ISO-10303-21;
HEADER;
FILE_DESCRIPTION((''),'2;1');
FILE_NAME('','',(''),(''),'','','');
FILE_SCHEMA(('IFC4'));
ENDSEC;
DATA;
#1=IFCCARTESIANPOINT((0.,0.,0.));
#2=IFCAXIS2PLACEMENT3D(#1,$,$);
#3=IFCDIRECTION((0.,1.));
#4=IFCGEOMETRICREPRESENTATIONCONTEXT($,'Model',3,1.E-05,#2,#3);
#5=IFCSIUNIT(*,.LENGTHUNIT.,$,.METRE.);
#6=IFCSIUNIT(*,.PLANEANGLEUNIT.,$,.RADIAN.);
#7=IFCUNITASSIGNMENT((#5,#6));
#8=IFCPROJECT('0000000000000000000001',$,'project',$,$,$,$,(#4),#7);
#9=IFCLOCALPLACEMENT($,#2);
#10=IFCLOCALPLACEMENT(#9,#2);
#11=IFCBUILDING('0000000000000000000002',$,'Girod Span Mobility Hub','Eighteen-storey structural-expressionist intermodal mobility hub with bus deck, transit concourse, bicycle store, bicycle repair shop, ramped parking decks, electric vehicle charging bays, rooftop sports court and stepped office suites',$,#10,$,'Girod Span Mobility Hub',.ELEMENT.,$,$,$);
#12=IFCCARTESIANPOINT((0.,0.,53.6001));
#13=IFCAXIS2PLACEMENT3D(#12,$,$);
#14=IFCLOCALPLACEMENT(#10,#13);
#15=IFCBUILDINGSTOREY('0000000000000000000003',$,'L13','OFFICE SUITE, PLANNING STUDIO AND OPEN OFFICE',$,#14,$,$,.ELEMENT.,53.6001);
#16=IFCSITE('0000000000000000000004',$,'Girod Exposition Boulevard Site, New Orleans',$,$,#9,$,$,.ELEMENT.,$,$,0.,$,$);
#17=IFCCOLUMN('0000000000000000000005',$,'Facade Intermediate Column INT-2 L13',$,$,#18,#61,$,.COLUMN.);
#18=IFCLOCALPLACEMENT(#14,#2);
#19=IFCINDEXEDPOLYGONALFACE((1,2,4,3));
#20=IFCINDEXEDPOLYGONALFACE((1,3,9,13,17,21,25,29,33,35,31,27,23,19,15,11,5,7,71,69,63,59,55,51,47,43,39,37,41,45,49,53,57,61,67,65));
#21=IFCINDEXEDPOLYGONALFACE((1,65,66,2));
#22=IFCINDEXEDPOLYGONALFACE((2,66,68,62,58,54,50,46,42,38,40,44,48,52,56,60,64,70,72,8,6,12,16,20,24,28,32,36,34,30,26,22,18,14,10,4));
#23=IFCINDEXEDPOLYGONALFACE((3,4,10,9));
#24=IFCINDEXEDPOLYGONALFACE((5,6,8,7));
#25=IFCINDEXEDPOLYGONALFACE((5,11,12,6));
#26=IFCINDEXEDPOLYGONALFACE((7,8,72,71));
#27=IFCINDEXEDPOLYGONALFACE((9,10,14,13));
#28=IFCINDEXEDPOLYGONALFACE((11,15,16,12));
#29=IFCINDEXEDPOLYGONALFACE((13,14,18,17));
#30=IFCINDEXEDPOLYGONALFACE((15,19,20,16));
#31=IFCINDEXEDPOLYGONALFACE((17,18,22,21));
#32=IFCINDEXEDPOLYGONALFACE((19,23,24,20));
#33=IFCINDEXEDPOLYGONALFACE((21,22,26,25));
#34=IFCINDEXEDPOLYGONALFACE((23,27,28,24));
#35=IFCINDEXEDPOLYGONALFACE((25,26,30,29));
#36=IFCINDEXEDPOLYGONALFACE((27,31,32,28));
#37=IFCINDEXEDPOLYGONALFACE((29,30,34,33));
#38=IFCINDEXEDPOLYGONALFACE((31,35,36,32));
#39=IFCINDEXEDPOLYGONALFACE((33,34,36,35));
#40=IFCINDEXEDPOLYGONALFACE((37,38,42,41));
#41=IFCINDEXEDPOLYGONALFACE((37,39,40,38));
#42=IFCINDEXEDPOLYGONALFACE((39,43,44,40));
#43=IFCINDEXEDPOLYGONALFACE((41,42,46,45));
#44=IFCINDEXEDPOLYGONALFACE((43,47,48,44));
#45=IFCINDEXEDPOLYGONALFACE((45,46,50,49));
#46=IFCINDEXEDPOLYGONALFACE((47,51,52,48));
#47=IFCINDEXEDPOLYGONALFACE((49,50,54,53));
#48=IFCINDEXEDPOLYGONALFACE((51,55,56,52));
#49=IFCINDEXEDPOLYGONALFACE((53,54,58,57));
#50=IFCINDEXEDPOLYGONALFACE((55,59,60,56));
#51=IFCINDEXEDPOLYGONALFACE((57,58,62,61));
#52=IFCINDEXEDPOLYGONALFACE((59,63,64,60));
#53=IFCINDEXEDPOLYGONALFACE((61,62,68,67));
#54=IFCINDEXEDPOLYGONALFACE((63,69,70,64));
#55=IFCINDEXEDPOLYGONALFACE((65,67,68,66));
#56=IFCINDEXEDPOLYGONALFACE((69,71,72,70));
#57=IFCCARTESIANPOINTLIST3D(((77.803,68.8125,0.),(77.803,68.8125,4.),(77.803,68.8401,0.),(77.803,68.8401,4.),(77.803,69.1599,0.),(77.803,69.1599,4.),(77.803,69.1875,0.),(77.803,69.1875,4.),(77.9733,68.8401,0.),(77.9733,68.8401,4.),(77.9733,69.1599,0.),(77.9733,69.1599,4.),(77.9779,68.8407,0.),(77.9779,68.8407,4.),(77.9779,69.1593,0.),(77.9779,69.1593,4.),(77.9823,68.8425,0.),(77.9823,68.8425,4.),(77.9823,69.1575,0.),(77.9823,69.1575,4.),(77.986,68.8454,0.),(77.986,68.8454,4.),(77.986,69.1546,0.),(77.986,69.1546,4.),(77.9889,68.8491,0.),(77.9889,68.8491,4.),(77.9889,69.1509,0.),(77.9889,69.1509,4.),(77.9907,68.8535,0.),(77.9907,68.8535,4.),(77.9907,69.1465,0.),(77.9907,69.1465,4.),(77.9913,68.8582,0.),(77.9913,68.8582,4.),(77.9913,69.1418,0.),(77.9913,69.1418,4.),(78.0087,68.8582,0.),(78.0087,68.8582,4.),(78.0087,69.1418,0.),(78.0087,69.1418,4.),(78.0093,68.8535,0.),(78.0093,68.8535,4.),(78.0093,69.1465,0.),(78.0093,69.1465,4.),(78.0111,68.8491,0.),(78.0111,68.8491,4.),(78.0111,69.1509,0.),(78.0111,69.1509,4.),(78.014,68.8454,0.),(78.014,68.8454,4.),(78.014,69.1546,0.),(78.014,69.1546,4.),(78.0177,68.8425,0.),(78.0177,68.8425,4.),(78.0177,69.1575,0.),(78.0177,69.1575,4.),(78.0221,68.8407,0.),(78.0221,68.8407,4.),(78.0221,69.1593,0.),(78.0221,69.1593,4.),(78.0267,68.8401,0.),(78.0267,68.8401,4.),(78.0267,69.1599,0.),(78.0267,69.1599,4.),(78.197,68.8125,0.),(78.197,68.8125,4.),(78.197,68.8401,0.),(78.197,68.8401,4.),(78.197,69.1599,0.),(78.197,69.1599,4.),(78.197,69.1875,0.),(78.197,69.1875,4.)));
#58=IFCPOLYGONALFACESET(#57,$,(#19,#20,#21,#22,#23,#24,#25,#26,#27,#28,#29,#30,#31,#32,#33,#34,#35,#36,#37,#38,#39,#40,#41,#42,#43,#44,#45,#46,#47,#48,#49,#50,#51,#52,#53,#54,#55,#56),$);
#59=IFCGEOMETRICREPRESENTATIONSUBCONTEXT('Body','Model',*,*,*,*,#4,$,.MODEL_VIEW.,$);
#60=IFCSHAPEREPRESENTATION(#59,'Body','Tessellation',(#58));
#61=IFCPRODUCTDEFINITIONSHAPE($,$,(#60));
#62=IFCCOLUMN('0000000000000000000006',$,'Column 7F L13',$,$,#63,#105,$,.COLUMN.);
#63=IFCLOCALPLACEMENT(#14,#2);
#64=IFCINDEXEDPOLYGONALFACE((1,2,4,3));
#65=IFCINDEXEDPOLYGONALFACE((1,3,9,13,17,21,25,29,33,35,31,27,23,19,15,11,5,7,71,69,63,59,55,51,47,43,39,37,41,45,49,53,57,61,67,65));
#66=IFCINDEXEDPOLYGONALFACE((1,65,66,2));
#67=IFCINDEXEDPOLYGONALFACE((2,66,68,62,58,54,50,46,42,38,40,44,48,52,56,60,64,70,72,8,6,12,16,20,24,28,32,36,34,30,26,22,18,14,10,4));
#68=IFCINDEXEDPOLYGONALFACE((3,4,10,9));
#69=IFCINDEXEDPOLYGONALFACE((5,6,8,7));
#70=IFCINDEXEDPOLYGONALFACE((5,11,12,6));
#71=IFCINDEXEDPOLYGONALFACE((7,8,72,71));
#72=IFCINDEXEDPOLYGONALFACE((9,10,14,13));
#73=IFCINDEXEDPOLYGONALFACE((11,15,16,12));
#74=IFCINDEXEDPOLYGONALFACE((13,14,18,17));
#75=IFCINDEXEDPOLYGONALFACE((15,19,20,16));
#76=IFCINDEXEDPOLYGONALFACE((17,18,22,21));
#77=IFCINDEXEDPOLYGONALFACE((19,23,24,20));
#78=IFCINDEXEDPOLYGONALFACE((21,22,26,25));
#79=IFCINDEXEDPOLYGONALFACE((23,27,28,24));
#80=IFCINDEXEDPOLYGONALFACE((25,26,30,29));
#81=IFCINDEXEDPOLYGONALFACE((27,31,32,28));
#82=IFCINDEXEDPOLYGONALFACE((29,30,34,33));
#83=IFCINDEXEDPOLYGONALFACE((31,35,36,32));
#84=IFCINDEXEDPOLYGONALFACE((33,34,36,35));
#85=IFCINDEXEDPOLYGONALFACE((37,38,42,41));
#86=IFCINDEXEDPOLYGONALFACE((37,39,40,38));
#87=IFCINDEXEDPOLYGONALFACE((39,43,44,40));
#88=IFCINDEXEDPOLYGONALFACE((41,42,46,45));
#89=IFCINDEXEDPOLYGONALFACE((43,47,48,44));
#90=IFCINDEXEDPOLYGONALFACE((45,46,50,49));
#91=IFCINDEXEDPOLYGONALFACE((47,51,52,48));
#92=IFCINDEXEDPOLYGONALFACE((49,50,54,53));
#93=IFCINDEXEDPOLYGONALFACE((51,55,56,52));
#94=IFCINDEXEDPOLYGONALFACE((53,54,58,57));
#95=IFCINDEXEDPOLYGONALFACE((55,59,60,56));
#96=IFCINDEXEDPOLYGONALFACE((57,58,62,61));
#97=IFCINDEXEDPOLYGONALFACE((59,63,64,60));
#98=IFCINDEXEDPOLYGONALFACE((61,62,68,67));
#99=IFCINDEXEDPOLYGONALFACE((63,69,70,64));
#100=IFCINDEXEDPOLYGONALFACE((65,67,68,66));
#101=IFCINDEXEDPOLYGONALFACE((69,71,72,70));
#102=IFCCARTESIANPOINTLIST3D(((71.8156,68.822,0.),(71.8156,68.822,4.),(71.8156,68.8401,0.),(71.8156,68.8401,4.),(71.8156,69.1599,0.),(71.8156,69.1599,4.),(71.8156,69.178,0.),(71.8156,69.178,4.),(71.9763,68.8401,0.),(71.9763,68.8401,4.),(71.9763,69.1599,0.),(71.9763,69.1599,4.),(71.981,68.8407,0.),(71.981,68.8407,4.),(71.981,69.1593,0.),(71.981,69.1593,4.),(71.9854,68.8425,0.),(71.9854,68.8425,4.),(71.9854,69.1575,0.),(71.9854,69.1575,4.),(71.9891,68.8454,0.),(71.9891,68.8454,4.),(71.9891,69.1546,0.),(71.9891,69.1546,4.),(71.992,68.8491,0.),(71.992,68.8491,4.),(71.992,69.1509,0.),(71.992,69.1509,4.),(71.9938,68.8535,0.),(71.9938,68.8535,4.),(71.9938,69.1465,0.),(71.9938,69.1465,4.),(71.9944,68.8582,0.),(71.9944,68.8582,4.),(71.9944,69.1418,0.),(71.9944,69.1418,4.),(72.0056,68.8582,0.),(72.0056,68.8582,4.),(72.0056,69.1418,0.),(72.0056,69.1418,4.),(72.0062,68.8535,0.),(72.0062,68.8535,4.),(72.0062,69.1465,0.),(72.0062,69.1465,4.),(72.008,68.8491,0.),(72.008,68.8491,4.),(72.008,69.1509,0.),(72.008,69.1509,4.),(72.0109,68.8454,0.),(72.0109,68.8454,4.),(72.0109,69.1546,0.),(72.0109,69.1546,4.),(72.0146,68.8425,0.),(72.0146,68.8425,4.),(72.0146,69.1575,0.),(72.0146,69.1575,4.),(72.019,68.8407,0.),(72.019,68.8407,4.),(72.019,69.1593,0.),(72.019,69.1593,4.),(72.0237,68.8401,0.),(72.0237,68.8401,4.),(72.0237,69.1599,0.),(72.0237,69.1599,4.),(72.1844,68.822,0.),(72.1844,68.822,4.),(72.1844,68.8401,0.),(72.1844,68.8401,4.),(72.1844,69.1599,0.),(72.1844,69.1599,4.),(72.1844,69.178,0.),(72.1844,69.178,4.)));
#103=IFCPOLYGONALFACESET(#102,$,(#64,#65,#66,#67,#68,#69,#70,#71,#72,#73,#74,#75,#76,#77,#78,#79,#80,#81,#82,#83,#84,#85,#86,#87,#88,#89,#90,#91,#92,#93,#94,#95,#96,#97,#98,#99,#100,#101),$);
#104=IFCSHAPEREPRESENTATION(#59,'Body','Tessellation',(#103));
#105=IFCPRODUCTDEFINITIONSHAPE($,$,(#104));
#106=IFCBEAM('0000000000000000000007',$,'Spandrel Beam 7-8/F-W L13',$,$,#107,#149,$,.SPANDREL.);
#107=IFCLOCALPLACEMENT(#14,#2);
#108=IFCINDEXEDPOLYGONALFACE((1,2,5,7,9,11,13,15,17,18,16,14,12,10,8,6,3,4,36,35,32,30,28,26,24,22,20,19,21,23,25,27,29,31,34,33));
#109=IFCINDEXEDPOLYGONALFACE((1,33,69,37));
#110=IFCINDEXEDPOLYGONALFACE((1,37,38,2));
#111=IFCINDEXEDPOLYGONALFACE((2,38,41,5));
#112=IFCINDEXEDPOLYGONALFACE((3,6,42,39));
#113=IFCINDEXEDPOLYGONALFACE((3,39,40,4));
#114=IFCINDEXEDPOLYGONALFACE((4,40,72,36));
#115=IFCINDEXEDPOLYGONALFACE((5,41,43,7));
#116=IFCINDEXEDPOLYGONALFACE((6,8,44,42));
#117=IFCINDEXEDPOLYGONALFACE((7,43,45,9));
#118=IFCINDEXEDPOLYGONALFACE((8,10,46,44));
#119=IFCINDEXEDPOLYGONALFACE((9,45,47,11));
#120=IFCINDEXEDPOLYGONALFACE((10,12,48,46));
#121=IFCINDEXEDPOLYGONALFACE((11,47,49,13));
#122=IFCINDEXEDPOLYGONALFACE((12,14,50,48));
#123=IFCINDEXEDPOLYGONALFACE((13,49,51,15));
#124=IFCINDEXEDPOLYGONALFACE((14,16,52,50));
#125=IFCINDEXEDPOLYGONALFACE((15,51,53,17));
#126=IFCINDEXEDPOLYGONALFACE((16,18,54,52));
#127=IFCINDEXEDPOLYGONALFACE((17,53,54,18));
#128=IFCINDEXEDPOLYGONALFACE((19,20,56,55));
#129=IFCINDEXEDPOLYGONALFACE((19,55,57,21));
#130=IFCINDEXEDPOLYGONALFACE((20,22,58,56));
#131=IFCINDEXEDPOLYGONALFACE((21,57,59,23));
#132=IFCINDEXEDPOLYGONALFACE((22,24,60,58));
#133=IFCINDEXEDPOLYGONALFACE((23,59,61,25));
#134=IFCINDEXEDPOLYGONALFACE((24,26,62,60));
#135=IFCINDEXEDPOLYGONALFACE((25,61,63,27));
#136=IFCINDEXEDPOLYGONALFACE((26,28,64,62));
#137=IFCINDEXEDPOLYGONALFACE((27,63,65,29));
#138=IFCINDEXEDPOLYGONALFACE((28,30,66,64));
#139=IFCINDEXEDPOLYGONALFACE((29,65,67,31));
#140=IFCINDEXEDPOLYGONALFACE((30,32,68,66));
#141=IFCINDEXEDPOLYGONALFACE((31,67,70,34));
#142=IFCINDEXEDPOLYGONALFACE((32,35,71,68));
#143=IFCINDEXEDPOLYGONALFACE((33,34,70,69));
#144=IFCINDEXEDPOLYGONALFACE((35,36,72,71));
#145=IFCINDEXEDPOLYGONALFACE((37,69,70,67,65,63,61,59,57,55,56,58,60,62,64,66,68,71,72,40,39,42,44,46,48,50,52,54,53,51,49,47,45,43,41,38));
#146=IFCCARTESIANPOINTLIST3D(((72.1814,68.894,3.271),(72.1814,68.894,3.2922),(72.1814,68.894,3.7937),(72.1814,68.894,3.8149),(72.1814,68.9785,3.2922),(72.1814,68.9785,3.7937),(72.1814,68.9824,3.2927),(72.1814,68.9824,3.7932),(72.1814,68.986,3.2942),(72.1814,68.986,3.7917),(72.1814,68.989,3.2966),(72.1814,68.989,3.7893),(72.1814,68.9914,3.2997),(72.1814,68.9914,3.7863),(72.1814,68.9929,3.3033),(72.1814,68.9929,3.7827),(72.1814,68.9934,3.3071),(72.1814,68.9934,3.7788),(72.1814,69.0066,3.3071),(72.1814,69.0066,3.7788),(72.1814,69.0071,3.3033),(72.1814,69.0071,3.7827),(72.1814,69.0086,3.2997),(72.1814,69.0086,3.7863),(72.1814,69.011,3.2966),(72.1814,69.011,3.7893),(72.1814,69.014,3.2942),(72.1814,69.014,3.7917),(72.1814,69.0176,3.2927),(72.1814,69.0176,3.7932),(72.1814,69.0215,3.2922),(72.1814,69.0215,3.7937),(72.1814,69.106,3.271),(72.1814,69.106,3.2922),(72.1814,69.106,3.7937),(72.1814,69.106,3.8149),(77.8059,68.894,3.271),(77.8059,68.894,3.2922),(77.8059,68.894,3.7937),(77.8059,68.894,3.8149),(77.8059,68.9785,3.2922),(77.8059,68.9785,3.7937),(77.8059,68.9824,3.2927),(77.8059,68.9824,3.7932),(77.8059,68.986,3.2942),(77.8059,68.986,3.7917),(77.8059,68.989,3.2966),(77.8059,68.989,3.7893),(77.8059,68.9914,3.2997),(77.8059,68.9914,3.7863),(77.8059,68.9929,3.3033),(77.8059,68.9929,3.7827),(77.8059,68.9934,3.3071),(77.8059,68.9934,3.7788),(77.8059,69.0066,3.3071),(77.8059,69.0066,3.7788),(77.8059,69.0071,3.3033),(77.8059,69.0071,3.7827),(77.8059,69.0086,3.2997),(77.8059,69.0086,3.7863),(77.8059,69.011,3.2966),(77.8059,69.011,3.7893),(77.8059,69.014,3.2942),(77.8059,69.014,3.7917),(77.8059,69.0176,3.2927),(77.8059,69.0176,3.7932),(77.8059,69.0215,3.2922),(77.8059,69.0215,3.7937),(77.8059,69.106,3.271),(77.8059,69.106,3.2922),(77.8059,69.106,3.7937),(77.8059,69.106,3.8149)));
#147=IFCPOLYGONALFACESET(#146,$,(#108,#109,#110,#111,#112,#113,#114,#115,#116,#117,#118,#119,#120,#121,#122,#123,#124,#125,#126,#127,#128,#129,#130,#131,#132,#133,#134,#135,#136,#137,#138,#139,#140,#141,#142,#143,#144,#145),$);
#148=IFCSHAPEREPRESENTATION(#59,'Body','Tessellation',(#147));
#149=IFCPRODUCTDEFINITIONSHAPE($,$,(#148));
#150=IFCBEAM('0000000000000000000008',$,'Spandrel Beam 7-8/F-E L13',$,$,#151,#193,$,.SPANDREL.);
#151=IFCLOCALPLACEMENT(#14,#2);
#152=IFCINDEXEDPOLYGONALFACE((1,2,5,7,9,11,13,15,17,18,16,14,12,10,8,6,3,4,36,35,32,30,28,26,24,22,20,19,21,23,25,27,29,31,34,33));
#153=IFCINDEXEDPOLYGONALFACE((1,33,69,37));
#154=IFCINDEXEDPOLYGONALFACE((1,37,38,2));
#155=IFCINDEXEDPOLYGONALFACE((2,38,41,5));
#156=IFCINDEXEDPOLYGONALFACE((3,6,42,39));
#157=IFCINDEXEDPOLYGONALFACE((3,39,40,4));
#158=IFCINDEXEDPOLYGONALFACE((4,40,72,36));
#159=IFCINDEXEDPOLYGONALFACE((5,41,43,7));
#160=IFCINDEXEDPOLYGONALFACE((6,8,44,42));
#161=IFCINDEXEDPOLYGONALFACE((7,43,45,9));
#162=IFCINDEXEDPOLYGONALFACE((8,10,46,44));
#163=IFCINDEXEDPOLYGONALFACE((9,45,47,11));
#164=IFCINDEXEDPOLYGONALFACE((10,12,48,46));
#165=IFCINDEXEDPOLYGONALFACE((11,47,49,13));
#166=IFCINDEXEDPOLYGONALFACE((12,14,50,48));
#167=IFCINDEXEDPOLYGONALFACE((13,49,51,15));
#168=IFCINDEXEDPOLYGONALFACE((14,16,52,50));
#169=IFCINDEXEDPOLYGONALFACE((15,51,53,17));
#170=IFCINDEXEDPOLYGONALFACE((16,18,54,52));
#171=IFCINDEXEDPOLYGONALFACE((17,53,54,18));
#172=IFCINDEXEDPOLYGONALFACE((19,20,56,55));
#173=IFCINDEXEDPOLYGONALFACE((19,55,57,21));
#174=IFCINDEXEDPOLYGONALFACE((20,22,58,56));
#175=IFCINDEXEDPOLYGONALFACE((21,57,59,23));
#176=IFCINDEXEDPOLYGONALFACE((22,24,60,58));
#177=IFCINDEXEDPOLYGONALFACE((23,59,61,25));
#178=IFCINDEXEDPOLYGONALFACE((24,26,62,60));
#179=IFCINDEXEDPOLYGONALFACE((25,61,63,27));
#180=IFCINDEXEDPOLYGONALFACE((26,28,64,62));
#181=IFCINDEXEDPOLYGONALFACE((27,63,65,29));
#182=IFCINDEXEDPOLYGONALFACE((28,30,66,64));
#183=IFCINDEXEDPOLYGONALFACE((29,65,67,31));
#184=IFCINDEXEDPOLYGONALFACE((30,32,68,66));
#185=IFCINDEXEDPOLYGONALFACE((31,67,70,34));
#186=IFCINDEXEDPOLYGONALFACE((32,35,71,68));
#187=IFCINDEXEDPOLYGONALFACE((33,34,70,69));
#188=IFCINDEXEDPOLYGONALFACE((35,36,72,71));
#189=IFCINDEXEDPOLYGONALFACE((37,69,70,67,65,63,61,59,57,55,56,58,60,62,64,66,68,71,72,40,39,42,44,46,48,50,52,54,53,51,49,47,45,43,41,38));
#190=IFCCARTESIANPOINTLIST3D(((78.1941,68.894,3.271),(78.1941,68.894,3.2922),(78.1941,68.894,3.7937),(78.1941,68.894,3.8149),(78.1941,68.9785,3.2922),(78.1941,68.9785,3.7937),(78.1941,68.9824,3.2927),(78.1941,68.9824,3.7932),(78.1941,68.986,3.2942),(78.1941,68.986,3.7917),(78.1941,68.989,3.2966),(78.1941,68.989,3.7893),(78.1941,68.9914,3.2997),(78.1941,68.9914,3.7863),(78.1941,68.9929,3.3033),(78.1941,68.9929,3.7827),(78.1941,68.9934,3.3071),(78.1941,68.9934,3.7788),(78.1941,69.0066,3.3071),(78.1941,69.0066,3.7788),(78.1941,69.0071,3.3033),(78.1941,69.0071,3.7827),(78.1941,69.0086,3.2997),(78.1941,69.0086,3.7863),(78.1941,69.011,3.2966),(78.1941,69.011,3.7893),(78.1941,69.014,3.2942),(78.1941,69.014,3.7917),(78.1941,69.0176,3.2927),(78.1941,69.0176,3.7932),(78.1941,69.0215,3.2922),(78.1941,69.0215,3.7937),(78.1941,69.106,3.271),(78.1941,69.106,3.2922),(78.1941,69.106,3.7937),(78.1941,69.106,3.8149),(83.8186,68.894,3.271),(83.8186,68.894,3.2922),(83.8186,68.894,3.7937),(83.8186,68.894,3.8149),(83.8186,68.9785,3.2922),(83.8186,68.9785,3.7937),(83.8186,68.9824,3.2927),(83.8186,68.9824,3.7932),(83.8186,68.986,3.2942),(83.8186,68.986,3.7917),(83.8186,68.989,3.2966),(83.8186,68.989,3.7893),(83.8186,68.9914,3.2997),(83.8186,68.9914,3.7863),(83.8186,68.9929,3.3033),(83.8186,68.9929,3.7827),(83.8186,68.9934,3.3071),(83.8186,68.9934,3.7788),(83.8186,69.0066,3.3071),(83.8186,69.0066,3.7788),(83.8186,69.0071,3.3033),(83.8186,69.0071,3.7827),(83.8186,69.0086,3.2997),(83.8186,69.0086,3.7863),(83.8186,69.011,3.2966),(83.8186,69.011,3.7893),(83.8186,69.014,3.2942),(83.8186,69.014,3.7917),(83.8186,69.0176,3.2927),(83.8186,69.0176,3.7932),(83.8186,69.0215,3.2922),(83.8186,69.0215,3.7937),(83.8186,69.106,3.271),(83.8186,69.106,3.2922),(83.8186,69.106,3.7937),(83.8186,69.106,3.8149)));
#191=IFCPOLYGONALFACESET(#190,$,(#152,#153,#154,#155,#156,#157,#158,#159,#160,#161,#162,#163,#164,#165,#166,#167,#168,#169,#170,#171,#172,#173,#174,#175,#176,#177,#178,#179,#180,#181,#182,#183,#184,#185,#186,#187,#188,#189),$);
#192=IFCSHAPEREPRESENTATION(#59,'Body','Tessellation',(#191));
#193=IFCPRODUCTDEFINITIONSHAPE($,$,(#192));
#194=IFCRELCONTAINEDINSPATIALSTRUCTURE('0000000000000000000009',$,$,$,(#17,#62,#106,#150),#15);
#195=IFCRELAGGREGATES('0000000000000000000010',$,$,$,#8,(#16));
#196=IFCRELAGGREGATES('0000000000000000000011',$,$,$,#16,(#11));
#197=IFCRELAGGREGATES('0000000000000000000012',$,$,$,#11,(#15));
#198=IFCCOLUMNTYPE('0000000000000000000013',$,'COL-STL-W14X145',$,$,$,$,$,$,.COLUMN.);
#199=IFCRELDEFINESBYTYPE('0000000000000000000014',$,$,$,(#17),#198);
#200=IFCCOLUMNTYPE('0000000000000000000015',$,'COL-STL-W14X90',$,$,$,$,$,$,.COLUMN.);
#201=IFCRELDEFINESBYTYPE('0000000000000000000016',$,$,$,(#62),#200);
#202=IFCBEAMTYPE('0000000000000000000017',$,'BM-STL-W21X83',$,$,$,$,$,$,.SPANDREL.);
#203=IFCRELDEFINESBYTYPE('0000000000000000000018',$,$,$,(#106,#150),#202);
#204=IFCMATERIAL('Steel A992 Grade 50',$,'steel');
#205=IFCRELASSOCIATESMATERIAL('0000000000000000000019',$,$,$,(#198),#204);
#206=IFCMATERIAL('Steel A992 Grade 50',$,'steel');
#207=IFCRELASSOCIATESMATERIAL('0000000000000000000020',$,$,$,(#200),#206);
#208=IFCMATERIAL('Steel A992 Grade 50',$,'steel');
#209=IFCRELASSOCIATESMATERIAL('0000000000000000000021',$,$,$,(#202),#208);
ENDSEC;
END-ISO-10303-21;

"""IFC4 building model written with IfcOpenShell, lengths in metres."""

from ifc_helpers import new_model, si_unit, direction, frame, origin, origin_2d, place, context, subcontext, project, spatial, i_section, extrude, material, material_profile, profile_set, type_object, element, save


model = new_model("IFC4")

# Units and contexts
model_context = context("Model", 3, precision=1e-05, world=origin(), true_north=direction((0.0, 1.0)))
body_context = subcontext(model_context, "Body", "Model", "MODEL_VIEW")
ifc_project = project(units=[si_unit("LENGTHUNIT", "METRE"), si_unit("PLANEANGLEUNIT", "RADIAN")], contexts=[model_context])

# Site, building, storey
site_placement = place(None, origin())
site = spatial("IfcSite", under=ifc_project, at=site_placement, Name="Girod Exposition Boulevard Site, New Orleans", CompositionType="ELEMENT", RefElevation=0.0)
building_placement = place(site_placement, origin())
building = spatial("IfcBuilding", under=site, at=building_placement, Name="Girod Span Mobility Hub", Description="Eighteen-storey structural-expressionist intermodal mobility hub with bus deck, transit concourse, bicycle store, bicycle repair shop, ramped parking decks, electric vehicle charging bays, rooftop sports court and stepped office suites", LongName="Girod Span Mobility Hub", CompositionType="ELEMENT")
storey_placement = place(building_placement, frame((0.0, 0.0, 53.6001)))
storey = spatial("IfcBuildingStorey", under=building, at=storey_placement, Name="L13", Description="OFFICE SUITE, PLANNING STUDIO AND OPEN OFFICE", CompositionType="ELEMENT", Elevation=53.6001)

# Columns
ifc_material_1 = material(Name="Steel A992 Grade 50", Category="steel")
ifc_material_profile_1 = material_profile(ifc_material_1, i_section(OverallWidth=0.394, OverallDepth=0.375, WebThickness=0.0173, FlangeThickness=0.0276, FilletRadius=0.0181, at=origin_2d()), Name="W14X145")
ifc_profile_set_1 = profile_set([ifc_material_profile_1], Name="Steel A992 Grade 50")
column_type_1 = type_object("IfcColumnType", Name="COL-STL-W14X145", PredefinedType="COLUMN", material=ifc_profile_set_1)
column_1_placement = place(storey_placement, frame((78.0, 69.0, 0.0), z_axis=(0.0, 0.0, 1.0), x_axis=(1.0, 0.0, 0.0)))
element("IfcColumn", 1, at=column_1_placement, inside=storey, type_object=column_type_1, Name="Facade Intermediate Column INT-2 L13", PredefinedType="COLUMN", context=body_context, shape_type="SweptSolid", body=[
    extrude(i_section(OverallWidth=0.394, OverallDepth=0.375, WebThickness=0.0173, FlangeThickness=0.0276, FilletRadius=0.0181, at=origin_2d()), origin(), (0.0, 0.0, 1.0), 4.0),
])
ifc_material_2 = material(Name="Steel A992 Grade 50", Category="steel")
ifc_material_profile_2 = material_profile(ifc_material_2, i_section(OverallWidth=0.3689, OverallDepth=0.356, WebThickness=0.0112, FlangeThickness=0.0181, FilletRadius=0.0181, at=origin_2d()), Name="W14X90")
ifc_profile_set_2 = profile_set([ifc_material_profile_2], Name="Steel A992 Grade 50")
column_type_2 = type_object("IfcColumnType", Name="COL-STL-W14X90", PredefinedType="COLUMN", material=ifc_profile_set_2)
column_2_placement = place(storey_placement, frame((72.0, 69.0, 0.0), z_axis=(0.0, 0.0, 1.0), x_axis=(1.0, 0.0, 0.0)))
element("IfcColumn", 2, at=column_2_placement, inside=storey, type_object=column_type_2, Name="Column 7F L13", PredefinedType="COLUMN", context=body_context, shape_type="SweptSolid", body=[
    extrude(i_section(OverallWidth=0.3689, OverallDepth=0.356, WebThickness=0.0112, FlangeThickness=0.0181, FilletRadius=0.0181, at=origin_2d()), origin(), (0.0, 0.0, 1.0), 4.0),
])

# Beams
ifc_material_3 = material(Name="Steel A992 Grade 50", Category="steel")
ifc_material_profile_3 = material_profile(ifc_material_3, i_section(OverallWidth=0.2119, OverallDepth=0.5439, WebThickness=0.0132, FlangeThickness=0.0212, FilletRadius=0.0149, at=origin_2d()), Name="W21X83")
ifc_profile_set_3 = profile_set([ifc_material_profile_3], Name="Steel A992 Grade 50")
beam_type = type_object("IfcBeamType", Name="BM-STL-W21X83", PredefinedType="SPANDREL", material=ifc_profile_set_3)
for number, where, z_axis, x_axis, name in (
    (3, (72.1814, 69.0, 3.543), (1.0, 0.0, 0.0), (0.0, 1.0, 0.0), "Spandrel Beam 7-8/F-W L13"),
    (4, (78.1941, 69.0, 3.543), (1.0, 0.0, 0.0), (0.0, 1.0, 0.0), "Spandrel Beam 7-8/F-E L13"),
):
    element("IfcBeam", number, at=place(storey_placement, frame(where, z_axis=z_axis, x_axis=x_axis)), inside=storey, type_object=beam_type, Name=name, PredefinedType="SPANDREL", context=body_context, shape_type="SweptSolid", body=[
        extrude(i_section(OverallWidth=0.2119, OverallDepth=0.5439, WebThickness=0.0132, FlangeThickness=0.0212, FilletRadius=0.0149, at=origin_2d()), origin(), (0.0, 0.0, 1.0), 5.6245),
    ])

save(model, "model.ifc")
